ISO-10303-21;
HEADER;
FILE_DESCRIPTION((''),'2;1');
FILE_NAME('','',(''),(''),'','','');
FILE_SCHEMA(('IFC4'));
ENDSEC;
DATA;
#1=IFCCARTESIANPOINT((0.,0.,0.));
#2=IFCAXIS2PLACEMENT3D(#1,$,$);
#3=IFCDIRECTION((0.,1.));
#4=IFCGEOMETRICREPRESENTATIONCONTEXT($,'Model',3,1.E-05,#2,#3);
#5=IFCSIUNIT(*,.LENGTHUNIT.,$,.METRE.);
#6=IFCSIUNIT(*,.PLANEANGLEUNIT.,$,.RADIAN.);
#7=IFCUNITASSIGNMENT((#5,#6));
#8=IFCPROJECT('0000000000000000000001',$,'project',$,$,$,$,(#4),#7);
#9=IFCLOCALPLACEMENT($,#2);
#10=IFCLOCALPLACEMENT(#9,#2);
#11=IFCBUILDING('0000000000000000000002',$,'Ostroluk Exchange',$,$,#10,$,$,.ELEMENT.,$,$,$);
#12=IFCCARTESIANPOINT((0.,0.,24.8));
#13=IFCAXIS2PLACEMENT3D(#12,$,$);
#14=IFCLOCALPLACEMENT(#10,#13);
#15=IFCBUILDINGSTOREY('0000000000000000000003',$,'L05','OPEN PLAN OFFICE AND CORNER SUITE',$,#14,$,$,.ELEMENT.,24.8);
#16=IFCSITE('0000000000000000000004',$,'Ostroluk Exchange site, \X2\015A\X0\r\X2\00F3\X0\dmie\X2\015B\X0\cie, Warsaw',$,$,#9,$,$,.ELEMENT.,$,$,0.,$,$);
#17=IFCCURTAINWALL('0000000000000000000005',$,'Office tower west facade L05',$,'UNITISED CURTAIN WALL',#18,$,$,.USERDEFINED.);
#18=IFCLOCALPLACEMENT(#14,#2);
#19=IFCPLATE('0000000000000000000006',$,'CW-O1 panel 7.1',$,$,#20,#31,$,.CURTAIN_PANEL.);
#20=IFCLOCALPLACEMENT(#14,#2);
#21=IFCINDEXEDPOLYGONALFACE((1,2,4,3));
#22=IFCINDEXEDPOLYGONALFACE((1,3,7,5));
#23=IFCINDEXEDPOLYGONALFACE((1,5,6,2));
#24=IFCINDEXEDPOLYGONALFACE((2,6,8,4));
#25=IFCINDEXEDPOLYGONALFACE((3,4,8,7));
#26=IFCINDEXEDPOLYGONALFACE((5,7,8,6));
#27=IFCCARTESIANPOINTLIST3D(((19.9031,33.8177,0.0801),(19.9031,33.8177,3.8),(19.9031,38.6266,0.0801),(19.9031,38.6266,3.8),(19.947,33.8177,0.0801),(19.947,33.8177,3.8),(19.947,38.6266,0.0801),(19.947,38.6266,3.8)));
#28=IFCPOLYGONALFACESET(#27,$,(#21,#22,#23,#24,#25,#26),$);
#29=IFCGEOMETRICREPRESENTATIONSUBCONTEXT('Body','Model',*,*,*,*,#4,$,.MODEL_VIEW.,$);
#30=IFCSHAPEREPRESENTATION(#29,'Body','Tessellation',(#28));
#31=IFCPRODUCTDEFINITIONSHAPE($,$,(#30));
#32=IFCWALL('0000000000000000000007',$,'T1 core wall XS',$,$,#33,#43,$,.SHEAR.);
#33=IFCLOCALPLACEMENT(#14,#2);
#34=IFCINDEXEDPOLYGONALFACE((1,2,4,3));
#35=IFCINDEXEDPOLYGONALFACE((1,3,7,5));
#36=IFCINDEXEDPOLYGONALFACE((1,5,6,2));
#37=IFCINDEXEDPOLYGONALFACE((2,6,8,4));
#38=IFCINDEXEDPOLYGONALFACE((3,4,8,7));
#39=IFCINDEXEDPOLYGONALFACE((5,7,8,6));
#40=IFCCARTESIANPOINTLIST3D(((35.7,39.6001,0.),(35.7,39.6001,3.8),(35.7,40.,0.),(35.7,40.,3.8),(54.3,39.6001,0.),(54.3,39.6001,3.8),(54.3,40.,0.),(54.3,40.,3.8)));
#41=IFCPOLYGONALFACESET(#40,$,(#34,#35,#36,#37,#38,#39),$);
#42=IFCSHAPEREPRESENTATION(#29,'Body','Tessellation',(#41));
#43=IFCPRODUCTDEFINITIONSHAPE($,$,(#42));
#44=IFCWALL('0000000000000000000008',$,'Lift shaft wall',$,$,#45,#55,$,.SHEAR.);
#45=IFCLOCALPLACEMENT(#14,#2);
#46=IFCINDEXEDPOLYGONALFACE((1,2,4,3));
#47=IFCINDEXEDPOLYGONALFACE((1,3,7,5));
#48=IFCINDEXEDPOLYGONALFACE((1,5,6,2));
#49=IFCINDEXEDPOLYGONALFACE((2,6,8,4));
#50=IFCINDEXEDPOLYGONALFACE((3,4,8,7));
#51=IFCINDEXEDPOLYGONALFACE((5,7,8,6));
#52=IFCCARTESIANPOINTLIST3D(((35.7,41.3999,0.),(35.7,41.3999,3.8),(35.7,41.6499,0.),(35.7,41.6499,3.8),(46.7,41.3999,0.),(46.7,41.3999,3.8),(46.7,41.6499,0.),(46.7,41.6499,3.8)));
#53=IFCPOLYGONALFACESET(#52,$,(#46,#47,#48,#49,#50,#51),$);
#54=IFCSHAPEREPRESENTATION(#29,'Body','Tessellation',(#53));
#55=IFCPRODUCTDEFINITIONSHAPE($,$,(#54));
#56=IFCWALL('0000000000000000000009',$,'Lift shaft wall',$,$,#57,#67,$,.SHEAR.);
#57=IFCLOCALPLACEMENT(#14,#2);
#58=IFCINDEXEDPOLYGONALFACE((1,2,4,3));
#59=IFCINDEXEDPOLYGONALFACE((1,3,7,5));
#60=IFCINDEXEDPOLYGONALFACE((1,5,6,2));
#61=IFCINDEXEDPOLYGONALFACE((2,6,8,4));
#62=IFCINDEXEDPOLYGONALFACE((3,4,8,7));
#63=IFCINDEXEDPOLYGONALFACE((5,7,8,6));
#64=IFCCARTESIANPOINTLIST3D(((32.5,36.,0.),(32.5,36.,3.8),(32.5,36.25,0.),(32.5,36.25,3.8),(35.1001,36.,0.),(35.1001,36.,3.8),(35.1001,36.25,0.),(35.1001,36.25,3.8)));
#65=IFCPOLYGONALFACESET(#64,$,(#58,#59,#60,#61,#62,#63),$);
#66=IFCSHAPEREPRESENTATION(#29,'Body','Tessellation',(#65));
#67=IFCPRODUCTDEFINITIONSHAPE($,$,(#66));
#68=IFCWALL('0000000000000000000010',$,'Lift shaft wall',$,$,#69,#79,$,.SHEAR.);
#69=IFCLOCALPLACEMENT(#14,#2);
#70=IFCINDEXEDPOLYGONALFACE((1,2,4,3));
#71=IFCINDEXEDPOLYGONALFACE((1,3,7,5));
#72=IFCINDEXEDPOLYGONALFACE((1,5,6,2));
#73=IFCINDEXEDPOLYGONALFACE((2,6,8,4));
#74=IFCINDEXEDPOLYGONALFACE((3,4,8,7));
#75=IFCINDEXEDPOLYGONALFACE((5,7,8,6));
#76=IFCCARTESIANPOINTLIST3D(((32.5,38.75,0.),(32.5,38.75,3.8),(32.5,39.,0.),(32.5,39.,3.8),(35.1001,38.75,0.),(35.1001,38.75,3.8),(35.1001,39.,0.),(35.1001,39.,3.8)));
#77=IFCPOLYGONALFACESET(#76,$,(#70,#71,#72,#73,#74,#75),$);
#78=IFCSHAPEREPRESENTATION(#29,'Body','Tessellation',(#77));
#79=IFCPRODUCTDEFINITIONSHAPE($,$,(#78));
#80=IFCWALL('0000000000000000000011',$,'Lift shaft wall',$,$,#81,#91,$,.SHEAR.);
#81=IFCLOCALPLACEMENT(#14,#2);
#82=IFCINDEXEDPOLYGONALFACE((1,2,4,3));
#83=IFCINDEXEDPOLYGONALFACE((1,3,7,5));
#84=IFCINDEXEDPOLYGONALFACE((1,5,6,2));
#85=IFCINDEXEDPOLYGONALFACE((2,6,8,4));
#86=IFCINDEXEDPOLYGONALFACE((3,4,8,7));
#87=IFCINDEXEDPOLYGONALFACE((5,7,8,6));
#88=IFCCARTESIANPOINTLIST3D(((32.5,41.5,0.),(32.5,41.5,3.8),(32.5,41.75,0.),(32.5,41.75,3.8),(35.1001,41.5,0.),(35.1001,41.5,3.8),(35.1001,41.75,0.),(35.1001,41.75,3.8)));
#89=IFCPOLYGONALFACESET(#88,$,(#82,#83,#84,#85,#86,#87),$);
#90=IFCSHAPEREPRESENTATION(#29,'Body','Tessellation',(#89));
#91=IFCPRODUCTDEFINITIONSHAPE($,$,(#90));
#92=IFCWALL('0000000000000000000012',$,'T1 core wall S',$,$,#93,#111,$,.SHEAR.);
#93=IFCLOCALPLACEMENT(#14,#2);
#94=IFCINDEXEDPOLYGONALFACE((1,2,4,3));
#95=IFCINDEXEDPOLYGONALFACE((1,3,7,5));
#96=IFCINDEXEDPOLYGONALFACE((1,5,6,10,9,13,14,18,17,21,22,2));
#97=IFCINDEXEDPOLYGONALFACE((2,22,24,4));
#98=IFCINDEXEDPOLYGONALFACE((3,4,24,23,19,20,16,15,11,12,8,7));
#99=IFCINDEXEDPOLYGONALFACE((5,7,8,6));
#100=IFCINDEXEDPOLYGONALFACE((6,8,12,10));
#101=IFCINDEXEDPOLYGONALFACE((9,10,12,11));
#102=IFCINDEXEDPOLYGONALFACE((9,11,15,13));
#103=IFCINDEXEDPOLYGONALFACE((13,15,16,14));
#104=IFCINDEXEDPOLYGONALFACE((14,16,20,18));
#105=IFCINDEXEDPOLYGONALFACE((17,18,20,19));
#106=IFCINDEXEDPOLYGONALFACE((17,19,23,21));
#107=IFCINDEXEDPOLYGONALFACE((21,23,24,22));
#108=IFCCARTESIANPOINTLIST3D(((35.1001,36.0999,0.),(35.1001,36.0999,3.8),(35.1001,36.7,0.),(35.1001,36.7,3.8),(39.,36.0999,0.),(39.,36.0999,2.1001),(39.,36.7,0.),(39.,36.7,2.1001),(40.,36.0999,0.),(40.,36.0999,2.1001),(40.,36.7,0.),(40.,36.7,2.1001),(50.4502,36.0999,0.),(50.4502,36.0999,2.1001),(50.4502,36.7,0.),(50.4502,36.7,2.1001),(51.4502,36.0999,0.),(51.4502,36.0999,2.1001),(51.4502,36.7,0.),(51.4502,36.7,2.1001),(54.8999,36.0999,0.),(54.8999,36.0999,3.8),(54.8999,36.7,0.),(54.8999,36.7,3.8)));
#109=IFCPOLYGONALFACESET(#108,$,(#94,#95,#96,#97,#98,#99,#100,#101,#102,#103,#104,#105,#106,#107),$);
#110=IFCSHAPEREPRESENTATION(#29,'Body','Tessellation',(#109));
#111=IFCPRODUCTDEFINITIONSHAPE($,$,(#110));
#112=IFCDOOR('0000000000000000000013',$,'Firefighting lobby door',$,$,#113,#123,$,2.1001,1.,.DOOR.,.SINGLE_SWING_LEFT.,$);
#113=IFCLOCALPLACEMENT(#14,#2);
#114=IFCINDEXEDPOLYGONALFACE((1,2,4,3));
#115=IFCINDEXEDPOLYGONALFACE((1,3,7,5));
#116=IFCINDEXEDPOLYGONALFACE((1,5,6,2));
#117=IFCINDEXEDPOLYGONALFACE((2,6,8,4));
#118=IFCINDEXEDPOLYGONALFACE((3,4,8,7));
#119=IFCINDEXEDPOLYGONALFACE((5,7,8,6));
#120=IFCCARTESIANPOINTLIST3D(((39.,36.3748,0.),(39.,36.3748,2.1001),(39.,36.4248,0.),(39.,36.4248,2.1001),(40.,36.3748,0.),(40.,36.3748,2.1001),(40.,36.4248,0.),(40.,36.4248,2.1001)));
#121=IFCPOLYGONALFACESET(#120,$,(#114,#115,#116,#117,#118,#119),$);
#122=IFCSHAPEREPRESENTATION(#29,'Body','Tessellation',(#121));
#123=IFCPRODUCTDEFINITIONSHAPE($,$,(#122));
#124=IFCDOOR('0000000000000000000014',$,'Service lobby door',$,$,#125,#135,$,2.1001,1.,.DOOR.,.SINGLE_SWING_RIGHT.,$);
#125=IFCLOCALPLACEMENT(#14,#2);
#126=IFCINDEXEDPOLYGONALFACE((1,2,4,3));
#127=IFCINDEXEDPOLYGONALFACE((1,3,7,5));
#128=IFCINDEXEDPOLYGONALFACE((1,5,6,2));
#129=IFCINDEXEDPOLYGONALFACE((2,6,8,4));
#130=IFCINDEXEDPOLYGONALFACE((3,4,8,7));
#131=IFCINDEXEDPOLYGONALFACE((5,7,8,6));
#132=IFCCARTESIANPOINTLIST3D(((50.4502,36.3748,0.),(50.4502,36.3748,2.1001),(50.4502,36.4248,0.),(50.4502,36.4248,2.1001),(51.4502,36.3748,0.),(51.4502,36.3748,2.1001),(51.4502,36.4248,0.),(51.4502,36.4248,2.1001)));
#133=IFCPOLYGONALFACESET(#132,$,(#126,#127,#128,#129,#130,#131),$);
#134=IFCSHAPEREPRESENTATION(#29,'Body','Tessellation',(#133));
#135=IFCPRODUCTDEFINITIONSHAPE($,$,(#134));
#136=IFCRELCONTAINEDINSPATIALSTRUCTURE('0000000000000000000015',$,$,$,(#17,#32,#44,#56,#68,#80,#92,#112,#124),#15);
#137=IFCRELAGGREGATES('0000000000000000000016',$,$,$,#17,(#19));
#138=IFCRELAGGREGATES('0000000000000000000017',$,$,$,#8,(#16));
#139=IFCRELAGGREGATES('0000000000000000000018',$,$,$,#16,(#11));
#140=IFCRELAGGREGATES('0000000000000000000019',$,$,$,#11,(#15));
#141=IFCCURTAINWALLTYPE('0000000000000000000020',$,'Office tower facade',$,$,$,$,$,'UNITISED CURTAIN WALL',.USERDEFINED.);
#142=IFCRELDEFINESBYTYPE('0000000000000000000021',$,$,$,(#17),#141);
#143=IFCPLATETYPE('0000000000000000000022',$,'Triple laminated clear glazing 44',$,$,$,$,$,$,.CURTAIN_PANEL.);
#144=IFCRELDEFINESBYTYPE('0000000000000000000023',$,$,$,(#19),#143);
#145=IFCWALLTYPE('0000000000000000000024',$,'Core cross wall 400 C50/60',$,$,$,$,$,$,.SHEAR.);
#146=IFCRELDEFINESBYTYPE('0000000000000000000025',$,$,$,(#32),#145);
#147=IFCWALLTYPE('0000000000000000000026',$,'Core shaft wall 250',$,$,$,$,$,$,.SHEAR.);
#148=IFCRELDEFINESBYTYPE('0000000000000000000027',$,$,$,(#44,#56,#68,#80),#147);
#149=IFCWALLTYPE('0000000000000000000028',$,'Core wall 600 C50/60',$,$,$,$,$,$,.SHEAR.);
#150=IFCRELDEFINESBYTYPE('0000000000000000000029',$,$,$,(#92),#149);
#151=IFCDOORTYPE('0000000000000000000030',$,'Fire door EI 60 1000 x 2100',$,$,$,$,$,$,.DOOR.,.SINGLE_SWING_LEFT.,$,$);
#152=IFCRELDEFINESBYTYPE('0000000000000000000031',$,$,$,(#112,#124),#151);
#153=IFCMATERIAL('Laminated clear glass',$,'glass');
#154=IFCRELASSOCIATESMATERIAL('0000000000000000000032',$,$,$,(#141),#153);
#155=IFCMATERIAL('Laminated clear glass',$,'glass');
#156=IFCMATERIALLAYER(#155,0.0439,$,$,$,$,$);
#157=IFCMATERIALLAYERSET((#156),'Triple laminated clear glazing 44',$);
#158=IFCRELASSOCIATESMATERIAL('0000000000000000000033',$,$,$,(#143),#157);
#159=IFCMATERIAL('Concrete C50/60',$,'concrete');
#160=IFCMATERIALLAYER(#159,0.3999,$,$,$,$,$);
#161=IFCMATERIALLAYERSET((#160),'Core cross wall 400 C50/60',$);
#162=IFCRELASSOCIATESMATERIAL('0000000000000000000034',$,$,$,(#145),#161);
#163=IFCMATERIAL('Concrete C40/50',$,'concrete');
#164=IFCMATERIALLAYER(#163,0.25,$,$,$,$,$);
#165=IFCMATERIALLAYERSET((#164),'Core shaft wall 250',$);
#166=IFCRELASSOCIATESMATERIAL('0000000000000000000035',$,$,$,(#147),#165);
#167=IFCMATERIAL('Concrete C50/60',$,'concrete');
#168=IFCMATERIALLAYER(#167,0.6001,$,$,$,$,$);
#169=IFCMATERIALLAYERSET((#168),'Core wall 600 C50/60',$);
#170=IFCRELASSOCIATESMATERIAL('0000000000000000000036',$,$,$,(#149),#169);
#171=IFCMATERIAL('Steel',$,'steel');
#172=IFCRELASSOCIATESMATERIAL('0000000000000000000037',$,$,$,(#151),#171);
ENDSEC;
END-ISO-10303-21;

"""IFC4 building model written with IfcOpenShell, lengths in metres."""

from ifc_helpers import new_model, si_unit, direction, frame, frame_2d, origin, origin_2d, place, context, subcontext, project, spatial, rectangle, extrude, material, layer, layer_set, type_object, element, fill, aggregate, save


model = new_model("IFC4")

# Units and contexts
model_context = context("Model", 3, precision=1e-05, world=origin(), true_north=direction((0.0, 1.0)))
body_context = subcontext(model_context, "Body", "Model", "MODEL_VIEW")
ifc_project = project(units=[si_unit("LENGTHUNIT", "METRE"), si_unit("PLANEANGLEUNIT", "RADIAN")], contexts=[model_context])

# Site, building, storey
site_placement = place(None, origin())
site = spatial("IfcSite", under=ifc_project, at=site_placement, Name="Ostroluk Exchange site, Śródmieście, Warsaw", CompositionType="ELEMENT", RefElevation=0.0)
building_placement = place(site_placement, origin())
building = spatial("IfcBuilding", under=site, at=building_placement, Name="Ostroluk Exchange", CompositionType="ELEMENT")
storey_placement = place(building_placement, frame((0.0, 0.0, 24.8)))
storey = spatial("IfcBuildingStorey", under=building, at=storey_placement, Name="L05", Description="OPEN PLAN OFFICE AND CORNER SUITE", CompositionType="ELEMENT", Elevation=24.8)

# Curtain wall, plate
ifc_material_1 = material(Name="Laminated clear glass", Category="glass")
curtain_wall_type = type_object("IfcCurtainWallType", Name="Office tower facade", ElementType="UNITISED CURTAIN WALL", PredefinedType="USERDEFINED", material=ifc_material_1)
curtain_wall_placement = place(storey_placement, origin())
curtain_wall = element("IfcCurtainWall", 1, at=curtain_wall_placement, inside=storey, type_object=curtain_wall_type, Name="Office tower west facade L05", ObjectType="UNITISED CURTAIN WALL", PredefinedType="USERDEFINED")
ifc_material_2 = material(Name="Laminated clear glass", Category="glass")
ifc_layer_1 = layer(ifc_material_2, 0.0439)
ifc_layer_set_1 = layer_set([ifc_layer_1], Name="Triple laminated clear glazing 44")
plate_type = type_object("IfcPlateType", Name="Triple laminated clear glazing 44", PredefinedType="CURTAIN_PANEL", material=ifc_layer_set_1)
plate_1_placement = place(storey_placement, frame((19.925, 36.2222, 0.0801), z_axis=(0.0, 0.0, 1.0), x_axis=(0.0, -1.0, 0.0)))
plate_1 = element("IfcPlate", 2, at=plate_1_placement, type_object=plate_type, Name="CW-O1 panel 7.1", PredefinedType="CURTAIN_PANEL", context=body_context, shape_type="SweptSolid", body=[
    extrude(rectangle(XDim=4.8088, YDim=0.0439, at=origin_2d()), origin(), (0.0, 0.0, 1.0), 3.72),
])
aggregate(curtain_wall, [plate_1])

# Walls
ifc_material_3 = material(Name="Concrete C50/60", Category="concrete")
ifc_layer_2 = layer(ifc_material_3, 0.3999)
ifc_layer_set_2 = layer_set([ifc_layer_2], Name="Core cross wall 400 C50/60")
wall_type_1 = type_object("IfcWallType", Name="Core cross wall 400 C50/60", PredefinedType="SHEAR", material=ifc_layer_set_2)
wall_1_placement = place(storey_placement, frame((35.7, 39.8, 0.0), z_axis=(0.0, 0.0, 1.0), x_axis=(1.0, 0.0, 0.0)))
element("IfcWall", 3, at=wall_1_placement, inside=storey, type_object=wall_type_1, Name="T1 core wall XS", PredefinedType="SHEAR", context=body_context, shape_type="SweptSolid", body=[
    extrude(rectangle(XDim=18.6001, YDim=0.3999, at=frame_2d((9.3, 0.0))), origin(), (0.0, 0.0, 1.0), 3.8),
])
ifc_material_4 = material(Name="Concrete C40/50", Category="concrete")
ifc_layer_3 = layer(ifc_material_4, 0.25)
ifc_layer_set_3 = layer_set([ifc_layer_3], Name="Core shaft wall 250")
wall_type_2 = type_object("IfcWallType", Name="Core shaft wall 250", PredefinedType="SHEAR", material=ifc_layer_set_3)
wall_2_placement = place(storey_placement, frame((35.7, 41.5249, 0.0), z_axis=(0.0, 0.0, 1.0), x_axis=(1.0, 0.0, 0.0)))
element("IfcWall", 4, at=wall_2_placement, inside=storey, type_object=wall_type_2, Name="Lift shaft wall", PredefinedType="SHEAR", context=body_context, shape_type="SweptSolid", body=[
    extrude(rectangle(XDim=11.0, YDim=0.25, at=frame_2d((5.5, 0.0))), origin(), (0.0, 0.0, 1.0), 3.8),
])
for number, where, z_axis, x_axis, name in (
    (5, (32.5, 36.125, 0.0), (0.0, 0.0, 1.0), (1.0, 0.0, 0.0), "Lift shaft wall"),
    (6, (32.5, 38.875, 0.0), (0.0, 0.0, 1.0), (1.0, 0.0, 0.0), "Lift shaft wall"),
    (7, (32.5, 41.625, 0.0), (0.0, 0.0, 1.0), (1.0, 0.0, 0.0), "Lift shaft wall"),
):
    element("IfcWall", number, at=place(storey_placement, frame(where, z_axis=z_axis, x_axis=x_axis)), inside=storey, type_object=wall_type_2, Name=name, PredefinedType="SHEAR", context=body_context, shape_type="SweptSolid", body=[
        extrude(rectangle(XDim=2.6001, YDim=0.25, at=frame_2d((1.3, 0.0))), origin(), (0.0, 0.0, 1.0), 3.8),
    ])

# Wall, openings, doors
ifc_material_5 = material(Name="Concrete C50/60", Category="concrete")
ifc_layer_4 = layer(ifc_material_5, 0.6001)
ifc_layer_set_4 = layer_set([ifc_layer_4], Name="Core wall 600 C50/60")
wall_type_3 = type_object("IfcWallType", Name="Core wall 600 C50/60", PredefinedType="SHEAR", material=ifc_layer_set_4)
wall_3_placement = place(storey_placement, frame((35.1001, 36.3999, 0.0), z_axis=(0.0, 0.0, 1.0), x_axis=(1.0, 0.0, 0.0)))
wall_3 = element("IfcWall", 8, at=wall_3_placement, inside=storey, type_object=wall_type_3, Name="T1 core wall S", PredefinedType="SHEAR", context=body_context, shape_type="SweptSolid", body=[
    extrude(rectangle(XDim=19.7998, YDim=0.6001, at=frame_2d((9.8999, 0.0))), origin(), (0.0, 0.0, 1.0), 3.8),
])
opening_1_placement = place(wall_3_placement, frame((3.8999, 0.0, 0.0)))
opening_1 = element("IfcOpeningElement", 9, at=opening_1_placement, cuts=wall_3, PredefinedType="OPENING", context=body_context, shape_type="SweptSolid", body=[
    extrude(rectangle(XDim=1.0, YDim=2.1001, at=frame_2d((0.5, 1.05))), frame((0.0, 0.3101, 0.0), z_axis=(0.0, -1.0, 0.0), x_axis=(1.0, 0.0, 0.0)), (0.0, 0.0, 1.0), 0.6201),
])
opening_2_placement = place(wall_3_placement, frame((15.3501, 0.0, 0.0)))
opening_2 = element("IfcOpeningElement", 10, at=opening_2_placement, cuts=wall_3, PredefinedType="OPENING", context=body_context, shape_type="SweptSolid", body=[
    extrude(rectangle(XDim=1.0, YDim=2.1001, at=frame_2d((0.5, 1.05))), frame((0.0, 0.3101, 0.0), z_axis=(0.0, -1.0, 0.0), x_axis=(1.0, 0.0, 0.0)), (0.0, 0.0, 1.0), 0.6201),
])
ifc_material_6 = material(Name="Steel", Category="steel")
door_type_1 = type_object("IfcDoorType", Name="Fire door EI 60 1000 x 2100", OperationType="SINGLE_SWING_LEFT", PredefinedType="DOOR", material=ifc_material_6)
door_1_placement = place(opening_1_placement, origin())
door_1 = element("IfcDoor", 11, at=door_1_placement, inside=storey, type_object=door_type_1, Name="Firefighting lobby door", OperationType="SINGLE_SWING_LEFT", OverallHeight=2.1001, OverallWidth=1.0, PredefinedType="DOOR", context=body_context, shape_type="SweptSolid", body=[
    extrude(rectangle(XDim=1.0, YDim=2.1001, at=frame_2d((0.5, 1.05))), frame((0.0, 0.0249, 0.0), z_axis=(0.0, -1.0, 0.0), x_axis=(1.0, 0.0, 0.0)), (0.0, 0.0, 1.0), 0.05),
])
fill(opening_1, door_1)
door_2_placement = place(opening_2_placement, origin())
door_2 = element("IfcDoor", 12, at=door_2_placement, inside=storey, type_object=door_type_1, Name="Service lobby door", OperationType="SINGLE_SWING_RIGHT", OverallHeight=2.1001, OverallWidth=1.0, PredefinedType="DOOR", context=body_context, shape_type="SweptSolid", body=[
    extrude(rectangle(XDim=1.0, YDim=2.1001, at=frame_2d((0.5, 1.05))), frame((0.0, 0.0249, 0.0), z_axis=(0.0, -1.0, 0.0), x_axis=(1.0, 0.0, 0.0)), (0.0, 0.0, 1.0), 0.05),
])
fill(opening_2, door_2)

save(model, "model.ifc")
